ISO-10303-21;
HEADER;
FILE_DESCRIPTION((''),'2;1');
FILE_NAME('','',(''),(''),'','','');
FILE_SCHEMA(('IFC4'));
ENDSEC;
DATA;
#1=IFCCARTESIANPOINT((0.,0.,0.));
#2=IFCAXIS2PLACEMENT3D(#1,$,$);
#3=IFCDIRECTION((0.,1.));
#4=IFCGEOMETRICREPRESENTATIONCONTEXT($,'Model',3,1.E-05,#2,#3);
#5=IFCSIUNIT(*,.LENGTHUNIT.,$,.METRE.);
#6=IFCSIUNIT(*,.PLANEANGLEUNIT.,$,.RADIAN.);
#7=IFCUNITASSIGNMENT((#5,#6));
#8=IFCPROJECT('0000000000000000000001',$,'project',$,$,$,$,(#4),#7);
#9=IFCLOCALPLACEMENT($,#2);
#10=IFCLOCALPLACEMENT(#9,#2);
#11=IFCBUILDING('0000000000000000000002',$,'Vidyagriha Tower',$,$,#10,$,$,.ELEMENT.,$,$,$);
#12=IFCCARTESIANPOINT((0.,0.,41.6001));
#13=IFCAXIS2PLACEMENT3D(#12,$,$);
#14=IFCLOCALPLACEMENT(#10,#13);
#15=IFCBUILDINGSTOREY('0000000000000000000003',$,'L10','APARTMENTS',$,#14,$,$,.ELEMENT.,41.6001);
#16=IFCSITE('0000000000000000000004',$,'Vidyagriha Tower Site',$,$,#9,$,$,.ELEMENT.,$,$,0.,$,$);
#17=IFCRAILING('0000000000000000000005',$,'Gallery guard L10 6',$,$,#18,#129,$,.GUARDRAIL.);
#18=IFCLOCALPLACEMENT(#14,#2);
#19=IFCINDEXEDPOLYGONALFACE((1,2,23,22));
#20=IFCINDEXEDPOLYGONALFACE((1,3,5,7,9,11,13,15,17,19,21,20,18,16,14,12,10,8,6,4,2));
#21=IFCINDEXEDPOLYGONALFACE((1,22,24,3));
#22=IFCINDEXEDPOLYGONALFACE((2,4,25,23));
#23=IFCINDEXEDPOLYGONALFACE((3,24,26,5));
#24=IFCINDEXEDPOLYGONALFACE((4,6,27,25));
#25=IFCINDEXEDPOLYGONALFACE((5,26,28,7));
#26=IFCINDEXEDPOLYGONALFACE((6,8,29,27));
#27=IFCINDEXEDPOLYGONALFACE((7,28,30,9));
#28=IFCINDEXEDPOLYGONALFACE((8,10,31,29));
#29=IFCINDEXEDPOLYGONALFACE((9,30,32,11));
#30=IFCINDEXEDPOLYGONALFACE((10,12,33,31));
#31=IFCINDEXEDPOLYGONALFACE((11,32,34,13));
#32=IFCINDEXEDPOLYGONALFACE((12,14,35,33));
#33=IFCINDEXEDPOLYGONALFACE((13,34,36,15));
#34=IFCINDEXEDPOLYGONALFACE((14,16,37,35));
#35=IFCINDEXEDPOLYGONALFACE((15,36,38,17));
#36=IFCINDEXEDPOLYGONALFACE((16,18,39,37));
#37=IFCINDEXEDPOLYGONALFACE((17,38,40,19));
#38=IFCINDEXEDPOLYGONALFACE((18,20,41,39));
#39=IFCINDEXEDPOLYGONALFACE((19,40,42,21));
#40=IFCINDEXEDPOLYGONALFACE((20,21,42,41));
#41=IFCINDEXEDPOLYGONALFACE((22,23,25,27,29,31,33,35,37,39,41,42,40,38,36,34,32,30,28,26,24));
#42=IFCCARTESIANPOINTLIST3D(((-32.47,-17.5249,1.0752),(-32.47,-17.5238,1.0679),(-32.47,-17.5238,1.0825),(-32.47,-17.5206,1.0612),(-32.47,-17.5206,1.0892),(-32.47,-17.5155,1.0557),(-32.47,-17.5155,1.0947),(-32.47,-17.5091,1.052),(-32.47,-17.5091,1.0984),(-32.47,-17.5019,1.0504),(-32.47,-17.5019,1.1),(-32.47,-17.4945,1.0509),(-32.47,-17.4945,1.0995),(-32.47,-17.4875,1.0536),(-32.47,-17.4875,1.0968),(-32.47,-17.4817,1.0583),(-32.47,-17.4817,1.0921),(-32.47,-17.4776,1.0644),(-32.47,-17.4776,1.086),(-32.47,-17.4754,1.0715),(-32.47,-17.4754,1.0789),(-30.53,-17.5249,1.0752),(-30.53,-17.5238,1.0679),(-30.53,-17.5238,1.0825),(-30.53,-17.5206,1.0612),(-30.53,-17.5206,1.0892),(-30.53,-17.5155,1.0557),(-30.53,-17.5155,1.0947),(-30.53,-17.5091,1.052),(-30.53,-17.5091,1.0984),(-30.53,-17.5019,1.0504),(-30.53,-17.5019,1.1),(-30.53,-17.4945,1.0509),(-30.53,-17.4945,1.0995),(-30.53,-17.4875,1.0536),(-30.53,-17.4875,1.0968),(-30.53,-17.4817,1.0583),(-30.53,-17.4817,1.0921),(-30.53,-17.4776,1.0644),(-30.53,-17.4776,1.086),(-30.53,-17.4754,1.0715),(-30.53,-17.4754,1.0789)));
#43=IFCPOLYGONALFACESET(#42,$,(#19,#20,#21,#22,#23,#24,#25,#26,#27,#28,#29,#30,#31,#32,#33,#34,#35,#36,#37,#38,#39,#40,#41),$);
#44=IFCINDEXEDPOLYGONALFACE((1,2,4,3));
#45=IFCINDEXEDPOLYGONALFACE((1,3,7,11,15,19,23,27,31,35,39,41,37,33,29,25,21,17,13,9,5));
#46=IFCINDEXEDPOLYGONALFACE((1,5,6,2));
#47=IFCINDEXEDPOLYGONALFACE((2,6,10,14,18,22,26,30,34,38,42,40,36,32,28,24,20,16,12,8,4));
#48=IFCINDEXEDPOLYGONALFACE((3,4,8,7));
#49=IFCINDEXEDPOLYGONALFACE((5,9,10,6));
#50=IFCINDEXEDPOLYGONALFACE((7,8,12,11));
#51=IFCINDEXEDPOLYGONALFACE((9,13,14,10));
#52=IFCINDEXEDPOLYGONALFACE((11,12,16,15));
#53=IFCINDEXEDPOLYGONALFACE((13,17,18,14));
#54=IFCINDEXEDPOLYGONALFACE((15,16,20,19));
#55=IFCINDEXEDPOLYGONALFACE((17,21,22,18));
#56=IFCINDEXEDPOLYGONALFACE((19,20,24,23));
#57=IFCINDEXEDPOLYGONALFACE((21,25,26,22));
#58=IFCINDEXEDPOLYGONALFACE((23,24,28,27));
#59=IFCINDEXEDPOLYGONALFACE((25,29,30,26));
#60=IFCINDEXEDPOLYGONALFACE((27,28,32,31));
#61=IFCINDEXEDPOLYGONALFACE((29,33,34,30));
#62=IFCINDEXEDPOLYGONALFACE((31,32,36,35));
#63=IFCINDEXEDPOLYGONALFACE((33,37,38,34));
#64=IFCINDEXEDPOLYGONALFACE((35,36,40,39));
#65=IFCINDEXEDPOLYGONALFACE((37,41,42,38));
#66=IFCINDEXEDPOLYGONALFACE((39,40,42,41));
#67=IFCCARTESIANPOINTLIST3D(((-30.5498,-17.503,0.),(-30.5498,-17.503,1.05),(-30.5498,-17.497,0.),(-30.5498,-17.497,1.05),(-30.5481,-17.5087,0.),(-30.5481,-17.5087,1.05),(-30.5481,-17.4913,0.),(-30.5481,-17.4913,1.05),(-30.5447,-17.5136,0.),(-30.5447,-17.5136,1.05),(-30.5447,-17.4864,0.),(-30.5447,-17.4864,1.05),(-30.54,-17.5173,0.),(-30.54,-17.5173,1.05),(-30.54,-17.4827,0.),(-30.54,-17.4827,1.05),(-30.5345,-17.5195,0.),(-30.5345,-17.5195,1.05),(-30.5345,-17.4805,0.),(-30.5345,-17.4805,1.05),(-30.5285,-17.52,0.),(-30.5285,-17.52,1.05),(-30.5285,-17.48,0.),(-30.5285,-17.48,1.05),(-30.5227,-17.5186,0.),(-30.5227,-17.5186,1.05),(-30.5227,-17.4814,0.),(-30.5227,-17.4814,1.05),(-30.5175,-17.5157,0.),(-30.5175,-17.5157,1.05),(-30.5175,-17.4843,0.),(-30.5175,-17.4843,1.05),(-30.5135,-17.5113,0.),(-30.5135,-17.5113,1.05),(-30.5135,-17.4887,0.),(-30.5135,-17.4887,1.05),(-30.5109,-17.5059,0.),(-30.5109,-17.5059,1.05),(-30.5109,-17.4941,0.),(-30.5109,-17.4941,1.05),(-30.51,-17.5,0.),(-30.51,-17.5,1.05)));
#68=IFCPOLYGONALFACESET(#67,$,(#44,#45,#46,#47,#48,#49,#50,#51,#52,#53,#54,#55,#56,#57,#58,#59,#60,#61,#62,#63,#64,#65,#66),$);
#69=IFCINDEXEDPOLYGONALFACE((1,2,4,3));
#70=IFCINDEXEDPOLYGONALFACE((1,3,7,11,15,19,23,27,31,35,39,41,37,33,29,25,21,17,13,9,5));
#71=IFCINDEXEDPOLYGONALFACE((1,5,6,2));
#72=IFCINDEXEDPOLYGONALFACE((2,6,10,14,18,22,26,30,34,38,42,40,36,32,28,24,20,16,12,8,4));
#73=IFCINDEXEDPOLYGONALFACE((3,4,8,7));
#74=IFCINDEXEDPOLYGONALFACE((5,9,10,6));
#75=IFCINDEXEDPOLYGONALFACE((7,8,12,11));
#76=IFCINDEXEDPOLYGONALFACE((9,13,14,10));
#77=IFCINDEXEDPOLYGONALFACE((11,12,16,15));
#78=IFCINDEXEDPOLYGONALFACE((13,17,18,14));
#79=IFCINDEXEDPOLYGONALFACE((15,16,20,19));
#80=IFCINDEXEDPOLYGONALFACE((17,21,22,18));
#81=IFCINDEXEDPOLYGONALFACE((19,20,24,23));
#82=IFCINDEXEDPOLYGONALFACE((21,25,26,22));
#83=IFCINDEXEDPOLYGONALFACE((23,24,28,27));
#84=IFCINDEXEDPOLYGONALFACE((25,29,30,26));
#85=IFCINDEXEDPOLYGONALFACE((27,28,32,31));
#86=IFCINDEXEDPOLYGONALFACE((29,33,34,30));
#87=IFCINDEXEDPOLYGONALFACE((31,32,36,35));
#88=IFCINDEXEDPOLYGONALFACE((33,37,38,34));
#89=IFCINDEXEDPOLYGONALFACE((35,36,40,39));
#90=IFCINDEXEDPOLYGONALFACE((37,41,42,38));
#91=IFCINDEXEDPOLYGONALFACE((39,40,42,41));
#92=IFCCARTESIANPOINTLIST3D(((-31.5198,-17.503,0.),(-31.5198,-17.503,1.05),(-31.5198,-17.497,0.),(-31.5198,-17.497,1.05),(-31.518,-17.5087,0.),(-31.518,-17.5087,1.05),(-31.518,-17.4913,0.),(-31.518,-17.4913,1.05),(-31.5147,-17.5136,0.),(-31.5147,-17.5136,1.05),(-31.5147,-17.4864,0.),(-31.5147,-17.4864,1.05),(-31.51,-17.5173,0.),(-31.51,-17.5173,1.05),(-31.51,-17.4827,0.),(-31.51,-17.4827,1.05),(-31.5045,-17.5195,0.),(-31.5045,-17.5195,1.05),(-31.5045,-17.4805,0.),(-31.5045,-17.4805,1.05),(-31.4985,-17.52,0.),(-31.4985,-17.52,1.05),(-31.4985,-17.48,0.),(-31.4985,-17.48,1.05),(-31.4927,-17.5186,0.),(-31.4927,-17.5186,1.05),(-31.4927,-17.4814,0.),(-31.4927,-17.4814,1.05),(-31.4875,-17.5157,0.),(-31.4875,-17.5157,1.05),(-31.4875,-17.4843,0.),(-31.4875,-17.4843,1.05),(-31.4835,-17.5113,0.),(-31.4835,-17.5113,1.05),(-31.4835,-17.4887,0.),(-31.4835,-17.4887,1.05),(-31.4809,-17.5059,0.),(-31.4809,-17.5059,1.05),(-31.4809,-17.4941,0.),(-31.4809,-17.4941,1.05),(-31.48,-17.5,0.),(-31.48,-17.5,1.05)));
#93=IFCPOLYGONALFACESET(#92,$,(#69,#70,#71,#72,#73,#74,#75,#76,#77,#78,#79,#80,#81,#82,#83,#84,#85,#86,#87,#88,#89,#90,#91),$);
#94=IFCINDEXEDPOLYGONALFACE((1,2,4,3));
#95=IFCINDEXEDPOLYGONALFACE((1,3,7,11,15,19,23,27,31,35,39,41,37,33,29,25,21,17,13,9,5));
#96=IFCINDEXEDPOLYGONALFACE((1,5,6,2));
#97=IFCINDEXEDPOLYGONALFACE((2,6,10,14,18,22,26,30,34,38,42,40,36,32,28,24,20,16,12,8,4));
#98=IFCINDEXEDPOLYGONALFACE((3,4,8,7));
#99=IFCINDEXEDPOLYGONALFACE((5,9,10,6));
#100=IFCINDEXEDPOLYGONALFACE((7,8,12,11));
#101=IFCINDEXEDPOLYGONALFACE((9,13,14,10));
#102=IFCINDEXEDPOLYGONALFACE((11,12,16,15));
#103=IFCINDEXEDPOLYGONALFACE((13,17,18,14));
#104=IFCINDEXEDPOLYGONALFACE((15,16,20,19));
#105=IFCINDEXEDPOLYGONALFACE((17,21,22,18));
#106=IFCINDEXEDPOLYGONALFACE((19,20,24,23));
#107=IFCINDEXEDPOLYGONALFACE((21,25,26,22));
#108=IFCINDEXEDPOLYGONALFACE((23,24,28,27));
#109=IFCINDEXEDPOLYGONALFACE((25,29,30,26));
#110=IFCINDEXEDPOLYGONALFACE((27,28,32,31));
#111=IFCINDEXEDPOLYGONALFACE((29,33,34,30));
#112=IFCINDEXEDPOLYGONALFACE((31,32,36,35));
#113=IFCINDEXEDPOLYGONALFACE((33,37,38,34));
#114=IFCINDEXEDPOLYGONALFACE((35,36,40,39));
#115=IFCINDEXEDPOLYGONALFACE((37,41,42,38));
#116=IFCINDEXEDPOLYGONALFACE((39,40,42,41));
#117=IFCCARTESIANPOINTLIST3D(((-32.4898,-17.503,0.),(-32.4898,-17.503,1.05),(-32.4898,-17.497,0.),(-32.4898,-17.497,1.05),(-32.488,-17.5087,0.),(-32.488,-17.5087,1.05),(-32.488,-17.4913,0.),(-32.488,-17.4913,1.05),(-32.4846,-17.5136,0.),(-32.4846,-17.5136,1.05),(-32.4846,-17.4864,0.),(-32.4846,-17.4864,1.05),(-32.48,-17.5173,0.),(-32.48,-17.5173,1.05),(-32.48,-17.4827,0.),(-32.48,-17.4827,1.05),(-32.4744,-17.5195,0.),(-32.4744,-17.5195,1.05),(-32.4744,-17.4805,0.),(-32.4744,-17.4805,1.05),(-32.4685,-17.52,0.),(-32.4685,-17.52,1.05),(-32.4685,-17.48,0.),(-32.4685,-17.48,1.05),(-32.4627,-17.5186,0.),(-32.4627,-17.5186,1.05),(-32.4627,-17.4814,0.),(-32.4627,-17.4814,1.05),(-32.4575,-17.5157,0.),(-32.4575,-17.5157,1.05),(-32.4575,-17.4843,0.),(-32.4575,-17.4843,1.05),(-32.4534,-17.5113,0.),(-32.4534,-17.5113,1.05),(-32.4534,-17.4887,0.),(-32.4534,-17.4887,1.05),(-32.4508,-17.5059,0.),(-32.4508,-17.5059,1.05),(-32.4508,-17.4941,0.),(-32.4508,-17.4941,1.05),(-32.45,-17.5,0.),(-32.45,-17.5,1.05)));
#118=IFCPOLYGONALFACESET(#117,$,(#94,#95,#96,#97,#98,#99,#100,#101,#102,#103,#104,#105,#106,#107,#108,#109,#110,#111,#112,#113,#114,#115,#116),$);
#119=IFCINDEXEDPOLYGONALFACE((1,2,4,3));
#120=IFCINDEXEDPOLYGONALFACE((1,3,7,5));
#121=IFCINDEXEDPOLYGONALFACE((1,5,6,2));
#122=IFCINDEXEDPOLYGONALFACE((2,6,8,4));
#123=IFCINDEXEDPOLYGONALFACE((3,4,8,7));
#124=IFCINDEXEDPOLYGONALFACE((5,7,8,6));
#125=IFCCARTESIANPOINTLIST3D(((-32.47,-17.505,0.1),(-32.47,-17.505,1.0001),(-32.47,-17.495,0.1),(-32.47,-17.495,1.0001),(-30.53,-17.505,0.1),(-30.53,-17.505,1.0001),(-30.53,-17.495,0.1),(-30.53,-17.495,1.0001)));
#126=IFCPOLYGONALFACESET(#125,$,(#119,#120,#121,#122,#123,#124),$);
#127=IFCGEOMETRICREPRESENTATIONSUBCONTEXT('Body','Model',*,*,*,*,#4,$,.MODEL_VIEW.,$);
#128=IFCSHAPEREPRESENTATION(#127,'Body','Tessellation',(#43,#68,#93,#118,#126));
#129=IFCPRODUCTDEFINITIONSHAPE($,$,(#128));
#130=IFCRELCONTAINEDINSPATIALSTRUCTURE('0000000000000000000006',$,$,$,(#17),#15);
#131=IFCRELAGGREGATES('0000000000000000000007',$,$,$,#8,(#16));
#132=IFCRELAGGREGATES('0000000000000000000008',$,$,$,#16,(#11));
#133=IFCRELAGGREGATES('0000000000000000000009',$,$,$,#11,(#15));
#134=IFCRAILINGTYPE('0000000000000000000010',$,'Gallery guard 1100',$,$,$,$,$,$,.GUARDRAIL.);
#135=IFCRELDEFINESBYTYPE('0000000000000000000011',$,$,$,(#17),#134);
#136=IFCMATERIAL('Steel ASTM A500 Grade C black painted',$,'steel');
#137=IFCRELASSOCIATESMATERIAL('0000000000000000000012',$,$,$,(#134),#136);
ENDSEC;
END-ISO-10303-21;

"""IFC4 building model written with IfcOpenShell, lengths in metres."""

from ifc_helpers import new_model, si_unit, direction, frame, origin, origin_2d, place, context, subcontext, project, spatial, rectangle, circle, extrude, material, type_object, element, save


model = new_model("IFC4")

# Units and contexts
model_context = context("Model", 3, precision=1e-05, world=origin(), true_north=direction((0.0, 1.0)))
body_context = subcontext(model_context, "Body", "Model", "MODEL_VIEW")
ifc_project = project(units=[si_unit("LENGTHUNIT", "METRE"), si_unit("PLANEANGLEUNIT", "RADIAN")], contexts=[model_context])

# Site, building, storey
site_placement = place(None, origin())
site = spatial("IfcSite", under=ifc_project, at=site_placement, Name="Vidyagriha Tower Site", CompositionType="ELEMENT", RefElevation=0.0)
building_placement = place(site_placement, origin())
building = spatial("IfcBuilding", under=site, at=building_placement, Name="Vidyagriha Tower", CompositionType="ELEMENT")
storey_placement = place(building_placement, frame((0.0, 0.0, 41.6001)))
storey = spatial("IfcBuildingStorey", under=building, at=storey_placement, Name="L10", Description="APARTMENTS", CompositionType="ELEMENT", Elevation=41.6001)

# Railing
ifc_material_1 = material(Name="Steel ASTM A500 Grade C black painted", Category="steel")
railing_type_1 = type_object("IfcRailingType", Name="Gallery guard 1100", PredefinedType="GUARDRAIL", material=ifc_material_1)
railing_1_placement = place(storey_placement, frame((-30.53, -17.5, 0.0)))
element("IfcRailing", 1, at=railing_1_placement, inside=storey, type_object=railing_type_1, Name="Gallery guard L10 6", PredefinedType="GUARDRAIL", context=body_context, shape_type="SweptSolid", body=[
    extrude(circle(Radius=0.0249, at=origin_2d()), frame((0.0, 0.0, 1.0752), z_axis=(-1.0, 0.0, 0.0), x_axis=(0.0, -1.0, 0.0)), (0.0, 0.0, 1.0), 1.9399),
    extrude(circle(Radius=0.02, at=origin_2d()), origin(), (0.0, 0.0, 1.0), 1.05),
    extrude(circle(Radius=0.02, at=origin_2d()), frame((-0.97, 0.0, 0.0)), (0.0, 0.0, 1.0), 1.05),
    extrude(circle(Radius=0.02, at=origin_2d()), frame((-1.9399, 0.0, 0.0)), (0.0, 0.0, 1.0), 1.05),
    extrude(rectangle(XDim=0.01, YDim=0.9001, at=origin_2d()), frame((0.0, 0.0, 0.55), z_axis=(-1.0, 0.0, 0.0), x_axis=(0.0, -1.0, 0.0)), (0.0, 0.0, 1.0), 1.9399),
])

save(model, "model.ifc")
